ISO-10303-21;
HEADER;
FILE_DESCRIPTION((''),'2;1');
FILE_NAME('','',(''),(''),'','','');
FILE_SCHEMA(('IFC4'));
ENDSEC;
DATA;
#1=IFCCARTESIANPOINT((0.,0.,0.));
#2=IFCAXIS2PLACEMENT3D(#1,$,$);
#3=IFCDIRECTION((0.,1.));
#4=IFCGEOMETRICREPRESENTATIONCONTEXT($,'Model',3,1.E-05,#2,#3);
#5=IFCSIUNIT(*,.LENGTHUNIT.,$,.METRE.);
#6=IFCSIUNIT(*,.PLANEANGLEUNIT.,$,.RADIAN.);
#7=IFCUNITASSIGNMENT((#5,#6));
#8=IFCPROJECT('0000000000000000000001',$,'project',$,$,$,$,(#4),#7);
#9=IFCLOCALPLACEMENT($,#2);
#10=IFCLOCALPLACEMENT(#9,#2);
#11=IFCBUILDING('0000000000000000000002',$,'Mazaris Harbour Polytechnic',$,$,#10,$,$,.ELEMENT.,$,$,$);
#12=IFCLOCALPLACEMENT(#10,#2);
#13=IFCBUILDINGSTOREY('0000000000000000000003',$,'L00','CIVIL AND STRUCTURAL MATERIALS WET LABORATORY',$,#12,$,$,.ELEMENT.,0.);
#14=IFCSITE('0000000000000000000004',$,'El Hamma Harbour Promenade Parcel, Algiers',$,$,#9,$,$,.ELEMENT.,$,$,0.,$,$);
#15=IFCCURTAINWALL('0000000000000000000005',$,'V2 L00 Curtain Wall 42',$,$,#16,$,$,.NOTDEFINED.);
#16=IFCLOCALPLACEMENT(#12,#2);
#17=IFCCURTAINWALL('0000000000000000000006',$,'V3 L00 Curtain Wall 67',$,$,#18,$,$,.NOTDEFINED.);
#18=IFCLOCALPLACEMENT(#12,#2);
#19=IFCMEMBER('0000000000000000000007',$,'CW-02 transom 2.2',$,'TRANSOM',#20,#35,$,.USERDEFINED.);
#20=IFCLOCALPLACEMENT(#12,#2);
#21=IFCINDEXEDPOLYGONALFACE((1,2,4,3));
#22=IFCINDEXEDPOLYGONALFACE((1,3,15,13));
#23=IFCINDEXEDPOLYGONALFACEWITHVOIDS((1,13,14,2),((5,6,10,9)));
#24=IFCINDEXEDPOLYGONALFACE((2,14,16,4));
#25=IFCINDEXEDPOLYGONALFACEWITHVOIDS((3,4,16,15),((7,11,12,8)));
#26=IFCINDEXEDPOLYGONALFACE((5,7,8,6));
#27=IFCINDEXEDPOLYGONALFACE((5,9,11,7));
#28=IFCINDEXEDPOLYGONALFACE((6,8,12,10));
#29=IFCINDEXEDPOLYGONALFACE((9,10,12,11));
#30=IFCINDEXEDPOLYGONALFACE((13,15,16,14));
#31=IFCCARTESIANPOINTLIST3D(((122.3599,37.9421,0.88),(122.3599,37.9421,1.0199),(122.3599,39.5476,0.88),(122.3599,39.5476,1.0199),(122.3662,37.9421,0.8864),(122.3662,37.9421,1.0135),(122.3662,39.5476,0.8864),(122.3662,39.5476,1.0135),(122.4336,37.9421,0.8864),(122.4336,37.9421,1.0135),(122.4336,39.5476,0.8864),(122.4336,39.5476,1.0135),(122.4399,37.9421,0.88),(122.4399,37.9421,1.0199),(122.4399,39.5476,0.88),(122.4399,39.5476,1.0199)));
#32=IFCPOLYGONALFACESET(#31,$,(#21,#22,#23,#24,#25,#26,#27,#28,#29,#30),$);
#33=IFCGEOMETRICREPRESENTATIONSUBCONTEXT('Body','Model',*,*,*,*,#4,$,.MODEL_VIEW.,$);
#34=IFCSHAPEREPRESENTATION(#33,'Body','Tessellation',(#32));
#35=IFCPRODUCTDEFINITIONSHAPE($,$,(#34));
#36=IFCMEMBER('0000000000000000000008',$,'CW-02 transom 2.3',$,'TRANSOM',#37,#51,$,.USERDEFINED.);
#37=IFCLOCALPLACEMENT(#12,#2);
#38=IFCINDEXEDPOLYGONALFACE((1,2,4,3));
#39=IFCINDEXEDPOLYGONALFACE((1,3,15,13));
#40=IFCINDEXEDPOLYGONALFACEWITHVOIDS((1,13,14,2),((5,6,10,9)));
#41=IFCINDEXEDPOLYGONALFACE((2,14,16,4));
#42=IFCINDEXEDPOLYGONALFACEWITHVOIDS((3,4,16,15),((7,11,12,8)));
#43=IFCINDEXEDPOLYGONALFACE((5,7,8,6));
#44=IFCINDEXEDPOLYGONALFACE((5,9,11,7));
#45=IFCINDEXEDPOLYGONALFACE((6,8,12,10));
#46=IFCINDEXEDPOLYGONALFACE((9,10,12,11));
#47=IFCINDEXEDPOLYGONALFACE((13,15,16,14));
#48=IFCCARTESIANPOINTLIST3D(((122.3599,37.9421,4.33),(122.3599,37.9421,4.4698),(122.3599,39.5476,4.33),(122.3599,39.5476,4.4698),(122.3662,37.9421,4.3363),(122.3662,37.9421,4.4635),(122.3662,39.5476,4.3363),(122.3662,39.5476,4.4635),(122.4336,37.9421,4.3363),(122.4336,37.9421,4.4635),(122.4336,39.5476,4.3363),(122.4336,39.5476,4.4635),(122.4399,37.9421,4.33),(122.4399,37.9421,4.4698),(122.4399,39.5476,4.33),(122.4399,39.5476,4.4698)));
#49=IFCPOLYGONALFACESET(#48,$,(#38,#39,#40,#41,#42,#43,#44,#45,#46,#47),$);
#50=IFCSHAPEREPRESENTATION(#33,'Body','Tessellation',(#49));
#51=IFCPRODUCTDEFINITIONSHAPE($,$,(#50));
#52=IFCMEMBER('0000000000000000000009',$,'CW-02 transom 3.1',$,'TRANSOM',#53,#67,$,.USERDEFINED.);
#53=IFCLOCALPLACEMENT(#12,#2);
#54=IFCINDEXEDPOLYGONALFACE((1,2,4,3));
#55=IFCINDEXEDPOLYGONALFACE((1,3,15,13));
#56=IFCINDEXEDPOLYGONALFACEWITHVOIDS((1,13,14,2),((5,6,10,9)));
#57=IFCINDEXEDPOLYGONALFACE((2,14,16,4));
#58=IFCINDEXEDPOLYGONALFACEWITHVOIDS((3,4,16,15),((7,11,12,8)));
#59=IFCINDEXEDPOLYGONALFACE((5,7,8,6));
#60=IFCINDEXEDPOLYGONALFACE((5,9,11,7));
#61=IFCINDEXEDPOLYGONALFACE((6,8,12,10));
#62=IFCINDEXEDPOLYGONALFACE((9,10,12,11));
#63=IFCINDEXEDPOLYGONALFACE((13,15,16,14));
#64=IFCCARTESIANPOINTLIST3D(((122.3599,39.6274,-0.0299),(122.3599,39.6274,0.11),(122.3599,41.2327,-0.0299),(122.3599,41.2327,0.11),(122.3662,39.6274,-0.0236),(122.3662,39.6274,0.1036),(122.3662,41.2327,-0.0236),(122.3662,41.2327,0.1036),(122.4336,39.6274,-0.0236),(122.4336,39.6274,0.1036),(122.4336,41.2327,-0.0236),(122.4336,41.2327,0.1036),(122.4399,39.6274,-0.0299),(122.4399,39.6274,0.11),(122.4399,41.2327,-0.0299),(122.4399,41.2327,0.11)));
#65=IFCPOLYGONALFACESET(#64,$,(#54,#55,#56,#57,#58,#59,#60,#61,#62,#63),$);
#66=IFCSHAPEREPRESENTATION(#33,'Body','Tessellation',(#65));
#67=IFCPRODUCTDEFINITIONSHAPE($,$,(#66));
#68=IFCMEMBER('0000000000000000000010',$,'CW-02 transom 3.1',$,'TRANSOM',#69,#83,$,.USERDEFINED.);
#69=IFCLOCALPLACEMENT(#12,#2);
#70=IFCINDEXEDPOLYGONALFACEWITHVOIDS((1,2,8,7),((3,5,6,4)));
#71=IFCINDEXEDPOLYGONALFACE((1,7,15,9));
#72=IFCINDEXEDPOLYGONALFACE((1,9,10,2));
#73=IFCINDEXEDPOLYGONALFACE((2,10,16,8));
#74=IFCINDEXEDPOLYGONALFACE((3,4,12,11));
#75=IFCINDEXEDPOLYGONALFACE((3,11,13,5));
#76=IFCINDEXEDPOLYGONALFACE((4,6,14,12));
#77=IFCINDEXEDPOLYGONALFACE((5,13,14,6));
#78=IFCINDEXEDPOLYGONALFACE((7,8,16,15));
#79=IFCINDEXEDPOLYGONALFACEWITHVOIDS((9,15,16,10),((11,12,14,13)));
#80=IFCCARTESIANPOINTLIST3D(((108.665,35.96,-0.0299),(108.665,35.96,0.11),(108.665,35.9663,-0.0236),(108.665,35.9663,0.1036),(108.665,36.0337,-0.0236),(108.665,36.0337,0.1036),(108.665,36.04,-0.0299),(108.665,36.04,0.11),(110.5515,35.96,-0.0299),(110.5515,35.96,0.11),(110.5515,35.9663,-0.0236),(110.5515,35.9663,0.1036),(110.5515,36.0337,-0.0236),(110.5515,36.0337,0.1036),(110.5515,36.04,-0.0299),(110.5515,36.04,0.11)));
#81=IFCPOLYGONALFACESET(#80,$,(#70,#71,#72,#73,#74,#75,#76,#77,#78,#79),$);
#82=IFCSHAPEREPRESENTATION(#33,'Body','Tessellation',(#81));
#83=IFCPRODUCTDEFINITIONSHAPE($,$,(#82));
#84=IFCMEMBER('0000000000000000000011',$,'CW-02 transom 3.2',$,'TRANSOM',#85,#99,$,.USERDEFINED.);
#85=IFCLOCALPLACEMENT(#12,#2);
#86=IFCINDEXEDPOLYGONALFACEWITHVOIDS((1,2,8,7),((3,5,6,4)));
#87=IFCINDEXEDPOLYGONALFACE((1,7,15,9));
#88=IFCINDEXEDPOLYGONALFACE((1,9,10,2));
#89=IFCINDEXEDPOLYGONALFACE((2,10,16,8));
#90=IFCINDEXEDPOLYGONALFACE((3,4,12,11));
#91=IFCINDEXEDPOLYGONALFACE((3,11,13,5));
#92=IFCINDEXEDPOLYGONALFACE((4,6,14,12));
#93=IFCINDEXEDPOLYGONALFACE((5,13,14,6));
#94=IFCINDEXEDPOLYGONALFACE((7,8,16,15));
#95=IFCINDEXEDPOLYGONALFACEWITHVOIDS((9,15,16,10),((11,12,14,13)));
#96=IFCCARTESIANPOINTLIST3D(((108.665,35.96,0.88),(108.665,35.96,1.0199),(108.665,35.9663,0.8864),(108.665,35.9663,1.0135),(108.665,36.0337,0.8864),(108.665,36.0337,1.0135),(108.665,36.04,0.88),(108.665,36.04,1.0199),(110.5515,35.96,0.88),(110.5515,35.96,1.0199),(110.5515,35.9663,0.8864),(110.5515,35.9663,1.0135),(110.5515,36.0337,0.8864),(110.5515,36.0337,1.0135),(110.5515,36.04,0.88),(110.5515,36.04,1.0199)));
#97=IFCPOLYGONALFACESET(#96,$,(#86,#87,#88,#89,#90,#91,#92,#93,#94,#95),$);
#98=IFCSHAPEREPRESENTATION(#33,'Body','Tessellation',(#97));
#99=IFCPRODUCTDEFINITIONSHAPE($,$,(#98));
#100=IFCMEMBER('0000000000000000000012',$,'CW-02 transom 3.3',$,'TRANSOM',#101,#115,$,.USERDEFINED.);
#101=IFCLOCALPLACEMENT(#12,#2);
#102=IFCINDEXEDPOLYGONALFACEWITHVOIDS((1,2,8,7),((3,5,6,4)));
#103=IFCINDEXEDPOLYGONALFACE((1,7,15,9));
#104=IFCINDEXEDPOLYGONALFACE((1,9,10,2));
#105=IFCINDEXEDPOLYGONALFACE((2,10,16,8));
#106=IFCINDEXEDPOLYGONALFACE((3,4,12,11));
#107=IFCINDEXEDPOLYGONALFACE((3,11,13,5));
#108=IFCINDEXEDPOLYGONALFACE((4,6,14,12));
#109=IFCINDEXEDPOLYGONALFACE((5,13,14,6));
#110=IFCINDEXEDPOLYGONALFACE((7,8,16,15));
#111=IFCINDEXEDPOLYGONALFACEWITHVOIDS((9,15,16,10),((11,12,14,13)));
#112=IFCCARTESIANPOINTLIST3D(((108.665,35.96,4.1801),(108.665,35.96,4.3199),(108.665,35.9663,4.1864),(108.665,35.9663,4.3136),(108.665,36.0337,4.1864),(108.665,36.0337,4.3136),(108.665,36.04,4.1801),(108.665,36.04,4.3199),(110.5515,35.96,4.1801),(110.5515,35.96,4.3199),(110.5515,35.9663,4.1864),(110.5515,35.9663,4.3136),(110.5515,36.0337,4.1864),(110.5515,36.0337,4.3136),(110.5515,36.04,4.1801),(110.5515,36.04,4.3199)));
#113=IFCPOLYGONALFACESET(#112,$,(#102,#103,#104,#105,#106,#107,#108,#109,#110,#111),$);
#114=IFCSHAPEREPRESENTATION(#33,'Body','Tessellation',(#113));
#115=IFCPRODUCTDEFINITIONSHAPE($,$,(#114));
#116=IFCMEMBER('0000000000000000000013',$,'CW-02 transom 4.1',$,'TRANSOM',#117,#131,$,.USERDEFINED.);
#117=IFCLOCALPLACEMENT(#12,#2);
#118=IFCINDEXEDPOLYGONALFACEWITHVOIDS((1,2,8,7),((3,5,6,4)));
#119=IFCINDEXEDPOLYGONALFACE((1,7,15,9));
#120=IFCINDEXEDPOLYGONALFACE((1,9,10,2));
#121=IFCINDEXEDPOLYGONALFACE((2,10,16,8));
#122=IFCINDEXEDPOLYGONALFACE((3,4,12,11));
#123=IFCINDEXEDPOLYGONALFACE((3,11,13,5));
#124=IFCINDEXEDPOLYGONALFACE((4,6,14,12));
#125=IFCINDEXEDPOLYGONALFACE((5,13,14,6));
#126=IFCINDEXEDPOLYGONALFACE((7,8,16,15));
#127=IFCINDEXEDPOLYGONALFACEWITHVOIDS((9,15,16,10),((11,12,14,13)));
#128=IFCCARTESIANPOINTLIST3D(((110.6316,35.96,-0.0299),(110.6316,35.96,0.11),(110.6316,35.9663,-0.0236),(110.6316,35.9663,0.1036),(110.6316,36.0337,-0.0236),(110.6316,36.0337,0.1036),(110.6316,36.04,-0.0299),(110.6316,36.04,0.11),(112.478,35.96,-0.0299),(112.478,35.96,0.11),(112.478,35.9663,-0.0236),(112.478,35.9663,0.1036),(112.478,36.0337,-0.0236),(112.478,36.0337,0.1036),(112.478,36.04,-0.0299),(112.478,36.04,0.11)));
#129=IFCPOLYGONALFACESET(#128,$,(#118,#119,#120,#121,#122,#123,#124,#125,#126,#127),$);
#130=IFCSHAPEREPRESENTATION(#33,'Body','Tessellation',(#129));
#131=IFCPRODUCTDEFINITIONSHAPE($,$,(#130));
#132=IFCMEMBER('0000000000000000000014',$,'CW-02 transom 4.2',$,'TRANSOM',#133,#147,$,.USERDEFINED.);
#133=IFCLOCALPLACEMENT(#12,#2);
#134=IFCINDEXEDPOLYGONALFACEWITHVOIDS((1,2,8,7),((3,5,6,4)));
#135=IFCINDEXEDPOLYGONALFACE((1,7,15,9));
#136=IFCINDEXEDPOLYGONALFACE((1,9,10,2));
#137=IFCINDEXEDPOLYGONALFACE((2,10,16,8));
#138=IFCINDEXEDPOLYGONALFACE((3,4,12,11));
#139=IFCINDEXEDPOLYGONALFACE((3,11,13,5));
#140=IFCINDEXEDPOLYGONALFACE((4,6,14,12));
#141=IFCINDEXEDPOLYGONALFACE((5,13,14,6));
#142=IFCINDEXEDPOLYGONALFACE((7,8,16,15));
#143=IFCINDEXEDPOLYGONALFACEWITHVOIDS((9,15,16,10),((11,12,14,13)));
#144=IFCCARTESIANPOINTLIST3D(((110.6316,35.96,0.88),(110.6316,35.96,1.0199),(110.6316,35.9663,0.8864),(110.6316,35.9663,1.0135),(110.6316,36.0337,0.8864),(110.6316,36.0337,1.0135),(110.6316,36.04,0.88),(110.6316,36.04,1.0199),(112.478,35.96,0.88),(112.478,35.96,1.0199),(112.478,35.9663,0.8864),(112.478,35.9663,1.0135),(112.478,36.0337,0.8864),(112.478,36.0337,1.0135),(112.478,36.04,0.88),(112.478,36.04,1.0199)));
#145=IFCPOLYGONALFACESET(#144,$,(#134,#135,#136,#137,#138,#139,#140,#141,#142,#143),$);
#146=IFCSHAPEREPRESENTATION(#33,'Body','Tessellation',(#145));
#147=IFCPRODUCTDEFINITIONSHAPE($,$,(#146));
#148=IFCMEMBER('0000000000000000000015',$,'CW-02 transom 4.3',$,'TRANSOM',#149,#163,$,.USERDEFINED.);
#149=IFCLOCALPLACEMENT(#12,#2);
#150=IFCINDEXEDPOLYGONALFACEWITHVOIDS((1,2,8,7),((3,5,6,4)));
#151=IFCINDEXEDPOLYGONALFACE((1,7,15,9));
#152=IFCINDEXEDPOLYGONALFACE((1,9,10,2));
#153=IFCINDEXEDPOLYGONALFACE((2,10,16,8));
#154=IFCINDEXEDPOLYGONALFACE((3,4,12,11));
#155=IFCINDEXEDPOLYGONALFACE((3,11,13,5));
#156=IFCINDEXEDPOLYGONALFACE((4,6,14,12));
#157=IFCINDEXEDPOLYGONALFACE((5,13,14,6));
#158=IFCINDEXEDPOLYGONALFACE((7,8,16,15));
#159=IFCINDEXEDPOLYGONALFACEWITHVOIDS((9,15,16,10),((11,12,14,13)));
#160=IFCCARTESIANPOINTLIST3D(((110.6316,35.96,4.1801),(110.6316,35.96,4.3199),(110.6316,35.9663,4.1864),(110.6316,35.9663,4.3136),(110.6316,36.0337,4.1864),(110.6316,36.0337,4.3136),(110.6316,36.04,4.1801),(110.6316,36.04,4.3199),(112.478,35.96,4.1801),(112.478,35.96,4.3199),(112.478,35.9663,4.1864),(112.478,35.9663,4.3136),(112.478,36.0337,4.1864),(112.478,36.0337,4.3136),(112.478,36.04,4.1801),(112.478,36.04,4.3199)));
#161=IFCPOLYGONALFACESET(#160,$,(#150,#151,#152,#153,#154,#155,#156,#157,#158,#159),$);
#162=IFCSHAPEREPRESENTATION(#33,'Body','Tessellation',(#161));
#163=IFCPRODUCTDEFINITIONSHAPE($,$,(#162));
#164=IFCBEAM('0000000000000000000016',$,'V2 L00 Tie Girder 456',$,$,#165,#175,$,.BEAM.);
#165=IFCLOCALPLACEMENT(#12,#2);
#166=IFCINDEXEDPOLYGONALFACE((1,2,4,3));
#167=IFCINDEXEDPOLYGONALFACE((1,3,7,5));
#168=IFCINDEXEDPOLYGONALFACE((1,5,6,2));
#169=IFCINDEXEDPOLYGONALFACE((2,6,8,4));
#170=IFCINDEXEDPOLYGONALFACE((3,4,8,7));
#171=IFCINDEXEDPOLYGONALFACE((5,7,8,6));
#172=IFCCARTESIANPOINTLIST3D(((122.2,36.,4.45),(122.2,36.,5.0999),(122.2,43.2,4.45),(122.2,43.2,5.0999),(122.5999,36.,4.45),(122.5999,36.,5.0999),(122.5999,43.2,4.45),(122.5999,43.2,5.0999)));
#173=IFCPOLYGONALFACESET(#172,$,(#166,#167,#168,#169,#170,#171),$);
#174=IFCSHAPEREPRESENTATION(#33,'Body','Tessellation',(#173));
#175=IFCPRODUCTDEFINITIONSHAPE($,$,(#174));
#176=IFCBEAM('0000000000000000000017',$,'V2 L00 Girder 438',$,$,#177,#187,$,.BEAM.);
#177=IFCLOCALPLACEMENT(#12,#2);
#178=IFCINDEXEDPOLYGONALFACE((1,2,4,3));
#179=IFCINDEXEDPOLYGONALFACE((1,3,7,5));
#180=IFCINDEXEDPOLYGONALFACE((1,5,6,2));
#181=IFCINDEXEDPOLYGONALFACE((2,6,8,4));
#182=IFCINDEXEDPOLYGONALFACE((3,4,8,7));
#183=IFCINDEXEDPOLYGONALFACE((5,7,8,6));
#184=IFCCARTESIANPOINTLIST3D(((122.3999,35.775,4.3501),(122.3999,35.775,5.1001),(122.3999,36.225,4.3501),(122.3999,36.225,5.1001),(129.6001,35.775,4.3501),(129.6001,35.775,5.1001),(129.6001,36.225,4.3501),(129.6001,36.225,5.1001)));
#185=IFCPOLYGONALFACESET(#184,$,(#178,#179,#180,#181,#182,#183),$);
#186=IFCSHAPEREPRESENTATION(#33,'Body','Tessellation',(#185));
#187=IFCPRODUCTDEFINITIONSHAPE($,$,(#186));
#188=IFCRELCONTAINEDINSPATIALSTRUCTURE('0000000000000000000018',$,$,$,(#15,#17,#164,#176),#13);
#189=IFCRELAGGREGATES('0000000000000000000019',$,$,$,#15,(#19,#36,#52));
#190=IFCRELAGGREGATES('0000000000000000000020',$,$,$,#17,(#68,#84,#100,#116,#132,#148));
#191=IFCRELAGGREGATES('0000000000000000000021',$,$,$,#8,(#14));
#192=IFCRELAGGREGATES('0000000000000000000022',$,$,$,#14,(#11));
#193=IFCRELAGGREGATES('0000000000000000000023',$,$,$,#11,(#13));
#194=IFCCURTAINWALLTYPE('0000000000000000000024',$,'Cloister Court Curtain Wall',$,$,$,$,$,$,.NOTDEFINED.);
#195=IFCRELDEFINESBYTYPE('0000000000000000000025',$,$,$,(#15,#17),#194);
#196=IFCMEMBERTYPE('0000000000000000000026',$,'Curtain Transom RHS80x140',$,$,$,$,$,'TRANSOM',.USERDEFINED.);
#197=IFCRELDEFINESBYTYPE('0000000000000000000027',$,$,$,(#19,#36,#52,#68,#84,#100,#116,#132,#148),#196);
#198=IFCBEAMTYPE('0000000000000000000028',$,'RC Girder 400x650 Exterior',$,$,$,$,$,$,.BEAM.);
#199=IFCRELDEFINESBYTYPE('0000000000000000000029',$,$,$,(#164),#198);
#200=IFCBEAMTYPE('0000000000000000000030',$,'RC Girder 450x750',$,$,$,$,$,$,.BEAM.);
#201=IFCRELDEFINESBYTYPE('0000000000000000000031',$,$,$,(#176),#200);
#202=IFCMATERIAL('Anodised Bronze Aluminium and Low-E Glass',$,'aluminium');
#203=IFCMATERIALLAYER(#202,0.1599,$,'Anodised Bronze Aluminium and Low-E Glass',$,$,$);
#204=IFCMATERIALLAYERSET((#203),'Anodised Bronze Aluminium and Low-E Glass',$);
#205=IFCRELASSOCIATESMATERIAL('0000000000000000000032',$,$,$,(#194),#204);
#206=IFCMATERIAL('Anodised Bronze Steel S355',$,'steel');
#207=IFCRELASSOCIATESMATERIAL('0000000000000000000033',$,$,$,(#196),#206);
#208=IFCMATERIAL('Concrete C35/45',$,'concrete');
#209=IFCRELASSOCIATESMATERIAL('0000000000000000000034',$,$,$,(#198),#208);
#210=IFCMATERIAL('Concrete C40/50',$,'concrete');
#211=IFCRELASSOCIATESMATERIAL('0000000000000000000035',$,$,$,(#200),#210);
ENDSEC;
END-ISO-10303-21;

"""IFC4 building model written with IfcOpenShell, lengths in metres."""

from ifc_helpers import new_model, si_unit, direction, frame, origin, origin_2d, place, context, subcontext, project, spatial, rectangle, hollow_rectangle, extrude, material, layer, layer_set, material_profile, profile_set, type_object, element, aggregate, save


model = new_model("IFC4")

# Units and contexts
model_context = context("Model", 3, precision=1e-05, world=origin(), true_north=direction((0.0, 1.0)))
body_context = subcontext(model_context, "Body", "Model", "MODEL_VIEW")
ifc_project = project(units=[si_unit("LENGTHUNIT", "METRE"), si_unit("PLANEANGLEUNIT", "RADIAN")], contexts=[model_context])

# Site, building, storey
site_placement = place(None, origin())
site = spatial("IfcSite", under=ifc_project, at=site_placement, Name="El Hamma Harbour Promenade Parcel, Algiers", CompositionType="ELEMENT", RefElevation=0.0)
building_placement = place(site_placement, origin())
building = spatial("IfcBuilding", under=site, at=building_placement, Name="Mazaris Harbour Polytechnic", CompositionType="ELEMENT")
storey_placement = place(building_placement, origin())
storey = spatial("IfcBuildingStorey", under=building, at=storey_placement, Name="L00", Description="CIVIL AND STRUCTURAL MATERIALS WET LABORATORY", CompositionType="ELEMENT", Elevation=0.0)

# Curtain walls
ifc_material_1 = material(Name="Anodised Bronze Aluminium and Low-E Glass", Category="aluminium")
ifc_layer_1 = layer(ifc_material_1, 0.1599, Name="Anodised Bronze Aluminium and Low-E Glass")
ifc_layer_set_1 = layer_set([ifc_layer_1], Name="Anodised Bronze Aluminium and Low-E Glass")
curtain_wall_type = type_object("IfcCurtainWallType", Name="Cloister Court Curtain Wall", PredefinedType="NOTDEFINED", material=ifc_layer_set_1)
curtain_wall_1_placement = place(storey_placement, origin())
curtain_wall_1 = element("IfcCurtainWall", 1, at=curtain_wall_1_placement, inside=storey, type_object=curtain_wall_type, Name="V2 L00 Curtain Wall 42", PredefinedType="NOTDEFINED")
curtain_wall_2_placement = place(storey_placement, origin())
curtain_wall_2 = element("IfcCurtainWall", 2, at=curtain_wall_2_placement, inside=storey, type_object=curtain_wall_type, Name="V3 L00 Curtain Wall 67", PredefinedType="NOTDEFINED")

# Members
ifc_material_2 = material(Name="Anodised Bronze Steel S355", Category="steel")
ifc_material_profile_1 = material_profile(ifc_material_2, hollow_rectangle(XDim=0.0801, YDim=0.1399, WallThickness=0.0063, at=origin_2d()), Name="RHS 80x140x6.3")
ifc_profile_set_1 = profile_set([ifc_material_profile_1], Name="Anodised Bronze Steel S355")
member_type_1 = type_object("IfcMemberType", Name="Curtain Transom RHS80x140", ElementType="TRANSOM", PredefinedType="USERDEFINED", material=ifc_profile_set_1)
member_1_placement = place(storey_placement, frame((122.3999, 37.9421, 0.95), z_axis=(0.0, 1.0, 0.0), x_axis=(-1.0, 0.0, 0.0)))
member_1 = element("IfcMember", 3, at=member_1_placement, type_object=member_type_1, Name="CW-02 transom 2.2", ObjectType="TRANSOM", PredefinedType="USERDEFINED", context=body_context, shape_type="SweptSolid", body=[
    extrude(hollow_rectangle(XDim=0.0801, YDim=0.1399, WallThickness=0.0063, at=origin_2d()), origin(), (0.0, 0.0, 1.0), 1.6055),
])
member_2_placement = place(storey_placement, frame((122.3999, 37.9421, 4.3999), z_axis=(0.0, 1.0, 0.0), x_axis=(-1.0, 0.0, 0.0)))
member_2 = element("IfcMember", 4, at=member_2_placement, type_object=member_type_1, Name="CW-02 transom 2.3", ObjectType="TRANSOM", PredefinedType="USERDEFINED", context=body_context, shape_type="SweptSolid", body=[
    extrude(hollow_rectangle(XDim=0.0801, YDim=0.1399, WallThickness=0.0063, at=origin_2d()), origin(), (0.0, 0.0, 1.0), 1.6055),
])
member_3_placement = place(storey_placement, frame((122.3999, 39.6274, 0.04), z_axis=(0.0, 1.0, 0.0), x_axis=(-1.0, 0.0, 0.0)))
member_3 = element("IfcMember", 5, at=member_3_placement, type_object=member_type_1, Name="CW-02 transom 3.1", ObjectType="TRANSOM", PredefinedType="USERDEFINED", context=body_context, shape_type="SweptSolid", body=[
    extrude(hollow_rectangle(XDim=0.0801, YDim=0.1399, WallThickness=0.0063, at=origin_2d()), origin(), (0.0, 0.0, 1.0), 1.6052),
])
member_4_placement = place(storey_placement, frame((108.665, 36.0, 0.04), z_axis=(1.0, 0.0, 0.0), x_axis=(0.0, 1.0, 0.0)))
member_4 = element("IfcMember", 6, at=member_4_placement, type_object=member_type_1, Name="CW-02 transom 3.1", ObjectType="TRANSOM", PredefinedType="USERDEFINED", context=body_context, shape_type="SweptSolid", body=[
    extrude(hollow_rectangle(XDim=0.0801, YDim=0.1399, WallThickness=0.0063, at=origin_2d()), origin(), (0.0, 0.0, 1.0), 1.8865),
])
member_5_placement = place(storey_placement, frame((108.665, 36.0, 0.95), z_axis=(1.0, 0.0, 0.0), x_axis=(0.0, 1.0, 0.0)))
member_5 = element("IfcMember", 7, at=member_5_placement, type_object=member_type_1, Name="CW-02 transom 3.2", ObjectType="TRANSOM", PredefinedType="USERDEFINED", context=body_context, shape_type="SweptSolid", body=[
    extrude(hollow_rectangle(XDim=0.0801, YDim=0.1399, WallThickness=0.0063, at=origin_2d()), origin(), (0.0, 0.0, 1.0), 1.8865),
])
member_6_placement = place(storey_placement, frame((108.665, 36.0, 4.25), z_axis=(1.0, 0.0, 0.0), x_axis=(0.0, 1.0, 0.0)))
member_6 = element("IfcMember", 8, at=member_6_placement, type_object=member_type_1, Name="CW-02 transom 3.3", ObjectType="TRANSOM", PredefinedType="USERDEFINED", context=body_context, shape_type="SweptSolid", body=[
    extrude(hollow_rectangle(XDim=0.0801, YDim=0.1399, WallThickness=0.0063, at=origin_2d()), origin(), (0.0, 0.0, 1.0), 1.8865),
])
member_7_placement = place(storey_placement, frame((110.6316, 36.0, 0.04), z_axis=(1.0, 0.0, 0.0), x_axis=(0.0, 1.0, 0.0)))
member_7 = element("IfcMember", 9, at=member_7_placement, type_object=member_type_1, Name="CW-02 transom 4.1", ObjectType="TRANSOM", PredefinedType="USERDEFINED", context=body_context, shape_type="SweptSolid", body=[
    extrude(hollow_rectangle(XDim=0.0801, YDim=0.1399, WallThickness=0.0063, at=origin_2d()), origin(), (0.0, 0.0, 1.0), 1.8464),
])
member_8_placement = place(storey_placement, frame((110.6316, 36.0, 0.95), z_axis=(1.0, 0.0, 0.0), x_axis=(0.0, 1.0, 0.0)))
member_8 = element("IfcMember", 10, at=member_8_placement, type_object=member_type_1, Name="CW-02 transom 4.2", ObjectType="TRANSOM", PredefinedType="USERDEFINED", context=body_context, shape_type="SweptSolid", body=[
    extrude(hollow_rectangle(XDim=0.0801, YDim=0.1399, WallThickness=0.0063, at=origin_2d()), origin(), (0.0, 0.0, 1.0), 1.8464),
])
member_9_placement = place(storey_placement, frame((110.6316, 36.0, 4.25), z_axis=(1.0, 0.0, 0.0), x_axis=(0.0, 1.0, 0.0)))
member_9 = element("IfcMember", 11, at=member_9_placement, type_object=member_type_1, Name="CW-02 transom 4.3", ObjectType="TRANSOM", PredefinedType="USERDEFINED", context=body_context, shape_type="SweptSolid", body=[
    extrude(hollow_rectangle(XDim=0.0801, YDim=0.1399, WallThickness=0.0063, at=origin_2d()), origin(), (0.0, 0.0, 1.0), 1.8464),
])

# Beams
ifc_material_3 = material(Name="Concrete C35/45", Category="concrete")
ifc_material_profile_2 = material_profile(ifc_material_3, rectangle(XDim=0.3999, YDim=0.6499, at=origin_2d()), Name="RECT400x650")
ifc_profile_set_2 = profile_set([ifc_material_profile_2], Name="Concrete C35/45")
beam_type_1 = type_object("IfcBeamType", Name="RC Girder 400x650 Exterior", PredefinedType="BEAM", material=ifc_profile_set_2)
beam_1_placement = place(storey_placement, frame((122.3999, 36.0, 4.7749), z_axis=(0.0, 1.0, 0.0), x_axis=(-1.0, 0.0, 0.0)))
element("IfcBeam", 12, at=beam_1_placement, inside=storey, type_object=beam_type_1, Name="V2 L00 Tie Girder 456", PredefinedType="BEAM", context=body_context, shape_type="SweptSolid", body=[
    extrude(rectangle(XDim=0.3999, YDim=0.6499, at=origin_2d()), origin(), (0.0, 0.0, 1.0), 7.2),
])
ifc_material_4 = material(Name="Concrete C40/50", Category="concrete")
ifc_material_profile_3 = material_profile(ifc_material_4, rectangle(XDim=0.45, YDim=0.75, at=origin_2d()), Name="RECT450x750")
ifc_profile_set_3 = profile_set([ifc_material_profile_3], Name="Concrete C40/50")
beam_type_2 = type_object("IfcBeamType", Name="RC Girder 450x750", PredefinedType="BEAM", material=ifc_profile_set_3)
beam_2_placement = place(storey_placement, frame((122.3999, 36.0, 4.7251), z_axis=(1.0, 0.0, 0.0), x_axis=(0.0, 1.0, 0.0)))
element("IfcBeam", 13, at=beam_2_placement, inside=storey, type_object=beam_type_2, Name="V2 L00 Girder 438", PredefinedType="BEAM", context=body_context, shape_type="SweptSolid", body=[
    extrude(rectangle(XDim=0.45, YDim=0.75, at=origin_2d()), origin(), (0.0, 0.0, 1.0), 7.2002),
])

aggregate(curtain_wall_1, [member_1, member_2, member_3])
aggregate(curtain_wall_2, [member_4, member_5, member_6, member_7, member_8, member_9])

save(model, "model.ifc")
